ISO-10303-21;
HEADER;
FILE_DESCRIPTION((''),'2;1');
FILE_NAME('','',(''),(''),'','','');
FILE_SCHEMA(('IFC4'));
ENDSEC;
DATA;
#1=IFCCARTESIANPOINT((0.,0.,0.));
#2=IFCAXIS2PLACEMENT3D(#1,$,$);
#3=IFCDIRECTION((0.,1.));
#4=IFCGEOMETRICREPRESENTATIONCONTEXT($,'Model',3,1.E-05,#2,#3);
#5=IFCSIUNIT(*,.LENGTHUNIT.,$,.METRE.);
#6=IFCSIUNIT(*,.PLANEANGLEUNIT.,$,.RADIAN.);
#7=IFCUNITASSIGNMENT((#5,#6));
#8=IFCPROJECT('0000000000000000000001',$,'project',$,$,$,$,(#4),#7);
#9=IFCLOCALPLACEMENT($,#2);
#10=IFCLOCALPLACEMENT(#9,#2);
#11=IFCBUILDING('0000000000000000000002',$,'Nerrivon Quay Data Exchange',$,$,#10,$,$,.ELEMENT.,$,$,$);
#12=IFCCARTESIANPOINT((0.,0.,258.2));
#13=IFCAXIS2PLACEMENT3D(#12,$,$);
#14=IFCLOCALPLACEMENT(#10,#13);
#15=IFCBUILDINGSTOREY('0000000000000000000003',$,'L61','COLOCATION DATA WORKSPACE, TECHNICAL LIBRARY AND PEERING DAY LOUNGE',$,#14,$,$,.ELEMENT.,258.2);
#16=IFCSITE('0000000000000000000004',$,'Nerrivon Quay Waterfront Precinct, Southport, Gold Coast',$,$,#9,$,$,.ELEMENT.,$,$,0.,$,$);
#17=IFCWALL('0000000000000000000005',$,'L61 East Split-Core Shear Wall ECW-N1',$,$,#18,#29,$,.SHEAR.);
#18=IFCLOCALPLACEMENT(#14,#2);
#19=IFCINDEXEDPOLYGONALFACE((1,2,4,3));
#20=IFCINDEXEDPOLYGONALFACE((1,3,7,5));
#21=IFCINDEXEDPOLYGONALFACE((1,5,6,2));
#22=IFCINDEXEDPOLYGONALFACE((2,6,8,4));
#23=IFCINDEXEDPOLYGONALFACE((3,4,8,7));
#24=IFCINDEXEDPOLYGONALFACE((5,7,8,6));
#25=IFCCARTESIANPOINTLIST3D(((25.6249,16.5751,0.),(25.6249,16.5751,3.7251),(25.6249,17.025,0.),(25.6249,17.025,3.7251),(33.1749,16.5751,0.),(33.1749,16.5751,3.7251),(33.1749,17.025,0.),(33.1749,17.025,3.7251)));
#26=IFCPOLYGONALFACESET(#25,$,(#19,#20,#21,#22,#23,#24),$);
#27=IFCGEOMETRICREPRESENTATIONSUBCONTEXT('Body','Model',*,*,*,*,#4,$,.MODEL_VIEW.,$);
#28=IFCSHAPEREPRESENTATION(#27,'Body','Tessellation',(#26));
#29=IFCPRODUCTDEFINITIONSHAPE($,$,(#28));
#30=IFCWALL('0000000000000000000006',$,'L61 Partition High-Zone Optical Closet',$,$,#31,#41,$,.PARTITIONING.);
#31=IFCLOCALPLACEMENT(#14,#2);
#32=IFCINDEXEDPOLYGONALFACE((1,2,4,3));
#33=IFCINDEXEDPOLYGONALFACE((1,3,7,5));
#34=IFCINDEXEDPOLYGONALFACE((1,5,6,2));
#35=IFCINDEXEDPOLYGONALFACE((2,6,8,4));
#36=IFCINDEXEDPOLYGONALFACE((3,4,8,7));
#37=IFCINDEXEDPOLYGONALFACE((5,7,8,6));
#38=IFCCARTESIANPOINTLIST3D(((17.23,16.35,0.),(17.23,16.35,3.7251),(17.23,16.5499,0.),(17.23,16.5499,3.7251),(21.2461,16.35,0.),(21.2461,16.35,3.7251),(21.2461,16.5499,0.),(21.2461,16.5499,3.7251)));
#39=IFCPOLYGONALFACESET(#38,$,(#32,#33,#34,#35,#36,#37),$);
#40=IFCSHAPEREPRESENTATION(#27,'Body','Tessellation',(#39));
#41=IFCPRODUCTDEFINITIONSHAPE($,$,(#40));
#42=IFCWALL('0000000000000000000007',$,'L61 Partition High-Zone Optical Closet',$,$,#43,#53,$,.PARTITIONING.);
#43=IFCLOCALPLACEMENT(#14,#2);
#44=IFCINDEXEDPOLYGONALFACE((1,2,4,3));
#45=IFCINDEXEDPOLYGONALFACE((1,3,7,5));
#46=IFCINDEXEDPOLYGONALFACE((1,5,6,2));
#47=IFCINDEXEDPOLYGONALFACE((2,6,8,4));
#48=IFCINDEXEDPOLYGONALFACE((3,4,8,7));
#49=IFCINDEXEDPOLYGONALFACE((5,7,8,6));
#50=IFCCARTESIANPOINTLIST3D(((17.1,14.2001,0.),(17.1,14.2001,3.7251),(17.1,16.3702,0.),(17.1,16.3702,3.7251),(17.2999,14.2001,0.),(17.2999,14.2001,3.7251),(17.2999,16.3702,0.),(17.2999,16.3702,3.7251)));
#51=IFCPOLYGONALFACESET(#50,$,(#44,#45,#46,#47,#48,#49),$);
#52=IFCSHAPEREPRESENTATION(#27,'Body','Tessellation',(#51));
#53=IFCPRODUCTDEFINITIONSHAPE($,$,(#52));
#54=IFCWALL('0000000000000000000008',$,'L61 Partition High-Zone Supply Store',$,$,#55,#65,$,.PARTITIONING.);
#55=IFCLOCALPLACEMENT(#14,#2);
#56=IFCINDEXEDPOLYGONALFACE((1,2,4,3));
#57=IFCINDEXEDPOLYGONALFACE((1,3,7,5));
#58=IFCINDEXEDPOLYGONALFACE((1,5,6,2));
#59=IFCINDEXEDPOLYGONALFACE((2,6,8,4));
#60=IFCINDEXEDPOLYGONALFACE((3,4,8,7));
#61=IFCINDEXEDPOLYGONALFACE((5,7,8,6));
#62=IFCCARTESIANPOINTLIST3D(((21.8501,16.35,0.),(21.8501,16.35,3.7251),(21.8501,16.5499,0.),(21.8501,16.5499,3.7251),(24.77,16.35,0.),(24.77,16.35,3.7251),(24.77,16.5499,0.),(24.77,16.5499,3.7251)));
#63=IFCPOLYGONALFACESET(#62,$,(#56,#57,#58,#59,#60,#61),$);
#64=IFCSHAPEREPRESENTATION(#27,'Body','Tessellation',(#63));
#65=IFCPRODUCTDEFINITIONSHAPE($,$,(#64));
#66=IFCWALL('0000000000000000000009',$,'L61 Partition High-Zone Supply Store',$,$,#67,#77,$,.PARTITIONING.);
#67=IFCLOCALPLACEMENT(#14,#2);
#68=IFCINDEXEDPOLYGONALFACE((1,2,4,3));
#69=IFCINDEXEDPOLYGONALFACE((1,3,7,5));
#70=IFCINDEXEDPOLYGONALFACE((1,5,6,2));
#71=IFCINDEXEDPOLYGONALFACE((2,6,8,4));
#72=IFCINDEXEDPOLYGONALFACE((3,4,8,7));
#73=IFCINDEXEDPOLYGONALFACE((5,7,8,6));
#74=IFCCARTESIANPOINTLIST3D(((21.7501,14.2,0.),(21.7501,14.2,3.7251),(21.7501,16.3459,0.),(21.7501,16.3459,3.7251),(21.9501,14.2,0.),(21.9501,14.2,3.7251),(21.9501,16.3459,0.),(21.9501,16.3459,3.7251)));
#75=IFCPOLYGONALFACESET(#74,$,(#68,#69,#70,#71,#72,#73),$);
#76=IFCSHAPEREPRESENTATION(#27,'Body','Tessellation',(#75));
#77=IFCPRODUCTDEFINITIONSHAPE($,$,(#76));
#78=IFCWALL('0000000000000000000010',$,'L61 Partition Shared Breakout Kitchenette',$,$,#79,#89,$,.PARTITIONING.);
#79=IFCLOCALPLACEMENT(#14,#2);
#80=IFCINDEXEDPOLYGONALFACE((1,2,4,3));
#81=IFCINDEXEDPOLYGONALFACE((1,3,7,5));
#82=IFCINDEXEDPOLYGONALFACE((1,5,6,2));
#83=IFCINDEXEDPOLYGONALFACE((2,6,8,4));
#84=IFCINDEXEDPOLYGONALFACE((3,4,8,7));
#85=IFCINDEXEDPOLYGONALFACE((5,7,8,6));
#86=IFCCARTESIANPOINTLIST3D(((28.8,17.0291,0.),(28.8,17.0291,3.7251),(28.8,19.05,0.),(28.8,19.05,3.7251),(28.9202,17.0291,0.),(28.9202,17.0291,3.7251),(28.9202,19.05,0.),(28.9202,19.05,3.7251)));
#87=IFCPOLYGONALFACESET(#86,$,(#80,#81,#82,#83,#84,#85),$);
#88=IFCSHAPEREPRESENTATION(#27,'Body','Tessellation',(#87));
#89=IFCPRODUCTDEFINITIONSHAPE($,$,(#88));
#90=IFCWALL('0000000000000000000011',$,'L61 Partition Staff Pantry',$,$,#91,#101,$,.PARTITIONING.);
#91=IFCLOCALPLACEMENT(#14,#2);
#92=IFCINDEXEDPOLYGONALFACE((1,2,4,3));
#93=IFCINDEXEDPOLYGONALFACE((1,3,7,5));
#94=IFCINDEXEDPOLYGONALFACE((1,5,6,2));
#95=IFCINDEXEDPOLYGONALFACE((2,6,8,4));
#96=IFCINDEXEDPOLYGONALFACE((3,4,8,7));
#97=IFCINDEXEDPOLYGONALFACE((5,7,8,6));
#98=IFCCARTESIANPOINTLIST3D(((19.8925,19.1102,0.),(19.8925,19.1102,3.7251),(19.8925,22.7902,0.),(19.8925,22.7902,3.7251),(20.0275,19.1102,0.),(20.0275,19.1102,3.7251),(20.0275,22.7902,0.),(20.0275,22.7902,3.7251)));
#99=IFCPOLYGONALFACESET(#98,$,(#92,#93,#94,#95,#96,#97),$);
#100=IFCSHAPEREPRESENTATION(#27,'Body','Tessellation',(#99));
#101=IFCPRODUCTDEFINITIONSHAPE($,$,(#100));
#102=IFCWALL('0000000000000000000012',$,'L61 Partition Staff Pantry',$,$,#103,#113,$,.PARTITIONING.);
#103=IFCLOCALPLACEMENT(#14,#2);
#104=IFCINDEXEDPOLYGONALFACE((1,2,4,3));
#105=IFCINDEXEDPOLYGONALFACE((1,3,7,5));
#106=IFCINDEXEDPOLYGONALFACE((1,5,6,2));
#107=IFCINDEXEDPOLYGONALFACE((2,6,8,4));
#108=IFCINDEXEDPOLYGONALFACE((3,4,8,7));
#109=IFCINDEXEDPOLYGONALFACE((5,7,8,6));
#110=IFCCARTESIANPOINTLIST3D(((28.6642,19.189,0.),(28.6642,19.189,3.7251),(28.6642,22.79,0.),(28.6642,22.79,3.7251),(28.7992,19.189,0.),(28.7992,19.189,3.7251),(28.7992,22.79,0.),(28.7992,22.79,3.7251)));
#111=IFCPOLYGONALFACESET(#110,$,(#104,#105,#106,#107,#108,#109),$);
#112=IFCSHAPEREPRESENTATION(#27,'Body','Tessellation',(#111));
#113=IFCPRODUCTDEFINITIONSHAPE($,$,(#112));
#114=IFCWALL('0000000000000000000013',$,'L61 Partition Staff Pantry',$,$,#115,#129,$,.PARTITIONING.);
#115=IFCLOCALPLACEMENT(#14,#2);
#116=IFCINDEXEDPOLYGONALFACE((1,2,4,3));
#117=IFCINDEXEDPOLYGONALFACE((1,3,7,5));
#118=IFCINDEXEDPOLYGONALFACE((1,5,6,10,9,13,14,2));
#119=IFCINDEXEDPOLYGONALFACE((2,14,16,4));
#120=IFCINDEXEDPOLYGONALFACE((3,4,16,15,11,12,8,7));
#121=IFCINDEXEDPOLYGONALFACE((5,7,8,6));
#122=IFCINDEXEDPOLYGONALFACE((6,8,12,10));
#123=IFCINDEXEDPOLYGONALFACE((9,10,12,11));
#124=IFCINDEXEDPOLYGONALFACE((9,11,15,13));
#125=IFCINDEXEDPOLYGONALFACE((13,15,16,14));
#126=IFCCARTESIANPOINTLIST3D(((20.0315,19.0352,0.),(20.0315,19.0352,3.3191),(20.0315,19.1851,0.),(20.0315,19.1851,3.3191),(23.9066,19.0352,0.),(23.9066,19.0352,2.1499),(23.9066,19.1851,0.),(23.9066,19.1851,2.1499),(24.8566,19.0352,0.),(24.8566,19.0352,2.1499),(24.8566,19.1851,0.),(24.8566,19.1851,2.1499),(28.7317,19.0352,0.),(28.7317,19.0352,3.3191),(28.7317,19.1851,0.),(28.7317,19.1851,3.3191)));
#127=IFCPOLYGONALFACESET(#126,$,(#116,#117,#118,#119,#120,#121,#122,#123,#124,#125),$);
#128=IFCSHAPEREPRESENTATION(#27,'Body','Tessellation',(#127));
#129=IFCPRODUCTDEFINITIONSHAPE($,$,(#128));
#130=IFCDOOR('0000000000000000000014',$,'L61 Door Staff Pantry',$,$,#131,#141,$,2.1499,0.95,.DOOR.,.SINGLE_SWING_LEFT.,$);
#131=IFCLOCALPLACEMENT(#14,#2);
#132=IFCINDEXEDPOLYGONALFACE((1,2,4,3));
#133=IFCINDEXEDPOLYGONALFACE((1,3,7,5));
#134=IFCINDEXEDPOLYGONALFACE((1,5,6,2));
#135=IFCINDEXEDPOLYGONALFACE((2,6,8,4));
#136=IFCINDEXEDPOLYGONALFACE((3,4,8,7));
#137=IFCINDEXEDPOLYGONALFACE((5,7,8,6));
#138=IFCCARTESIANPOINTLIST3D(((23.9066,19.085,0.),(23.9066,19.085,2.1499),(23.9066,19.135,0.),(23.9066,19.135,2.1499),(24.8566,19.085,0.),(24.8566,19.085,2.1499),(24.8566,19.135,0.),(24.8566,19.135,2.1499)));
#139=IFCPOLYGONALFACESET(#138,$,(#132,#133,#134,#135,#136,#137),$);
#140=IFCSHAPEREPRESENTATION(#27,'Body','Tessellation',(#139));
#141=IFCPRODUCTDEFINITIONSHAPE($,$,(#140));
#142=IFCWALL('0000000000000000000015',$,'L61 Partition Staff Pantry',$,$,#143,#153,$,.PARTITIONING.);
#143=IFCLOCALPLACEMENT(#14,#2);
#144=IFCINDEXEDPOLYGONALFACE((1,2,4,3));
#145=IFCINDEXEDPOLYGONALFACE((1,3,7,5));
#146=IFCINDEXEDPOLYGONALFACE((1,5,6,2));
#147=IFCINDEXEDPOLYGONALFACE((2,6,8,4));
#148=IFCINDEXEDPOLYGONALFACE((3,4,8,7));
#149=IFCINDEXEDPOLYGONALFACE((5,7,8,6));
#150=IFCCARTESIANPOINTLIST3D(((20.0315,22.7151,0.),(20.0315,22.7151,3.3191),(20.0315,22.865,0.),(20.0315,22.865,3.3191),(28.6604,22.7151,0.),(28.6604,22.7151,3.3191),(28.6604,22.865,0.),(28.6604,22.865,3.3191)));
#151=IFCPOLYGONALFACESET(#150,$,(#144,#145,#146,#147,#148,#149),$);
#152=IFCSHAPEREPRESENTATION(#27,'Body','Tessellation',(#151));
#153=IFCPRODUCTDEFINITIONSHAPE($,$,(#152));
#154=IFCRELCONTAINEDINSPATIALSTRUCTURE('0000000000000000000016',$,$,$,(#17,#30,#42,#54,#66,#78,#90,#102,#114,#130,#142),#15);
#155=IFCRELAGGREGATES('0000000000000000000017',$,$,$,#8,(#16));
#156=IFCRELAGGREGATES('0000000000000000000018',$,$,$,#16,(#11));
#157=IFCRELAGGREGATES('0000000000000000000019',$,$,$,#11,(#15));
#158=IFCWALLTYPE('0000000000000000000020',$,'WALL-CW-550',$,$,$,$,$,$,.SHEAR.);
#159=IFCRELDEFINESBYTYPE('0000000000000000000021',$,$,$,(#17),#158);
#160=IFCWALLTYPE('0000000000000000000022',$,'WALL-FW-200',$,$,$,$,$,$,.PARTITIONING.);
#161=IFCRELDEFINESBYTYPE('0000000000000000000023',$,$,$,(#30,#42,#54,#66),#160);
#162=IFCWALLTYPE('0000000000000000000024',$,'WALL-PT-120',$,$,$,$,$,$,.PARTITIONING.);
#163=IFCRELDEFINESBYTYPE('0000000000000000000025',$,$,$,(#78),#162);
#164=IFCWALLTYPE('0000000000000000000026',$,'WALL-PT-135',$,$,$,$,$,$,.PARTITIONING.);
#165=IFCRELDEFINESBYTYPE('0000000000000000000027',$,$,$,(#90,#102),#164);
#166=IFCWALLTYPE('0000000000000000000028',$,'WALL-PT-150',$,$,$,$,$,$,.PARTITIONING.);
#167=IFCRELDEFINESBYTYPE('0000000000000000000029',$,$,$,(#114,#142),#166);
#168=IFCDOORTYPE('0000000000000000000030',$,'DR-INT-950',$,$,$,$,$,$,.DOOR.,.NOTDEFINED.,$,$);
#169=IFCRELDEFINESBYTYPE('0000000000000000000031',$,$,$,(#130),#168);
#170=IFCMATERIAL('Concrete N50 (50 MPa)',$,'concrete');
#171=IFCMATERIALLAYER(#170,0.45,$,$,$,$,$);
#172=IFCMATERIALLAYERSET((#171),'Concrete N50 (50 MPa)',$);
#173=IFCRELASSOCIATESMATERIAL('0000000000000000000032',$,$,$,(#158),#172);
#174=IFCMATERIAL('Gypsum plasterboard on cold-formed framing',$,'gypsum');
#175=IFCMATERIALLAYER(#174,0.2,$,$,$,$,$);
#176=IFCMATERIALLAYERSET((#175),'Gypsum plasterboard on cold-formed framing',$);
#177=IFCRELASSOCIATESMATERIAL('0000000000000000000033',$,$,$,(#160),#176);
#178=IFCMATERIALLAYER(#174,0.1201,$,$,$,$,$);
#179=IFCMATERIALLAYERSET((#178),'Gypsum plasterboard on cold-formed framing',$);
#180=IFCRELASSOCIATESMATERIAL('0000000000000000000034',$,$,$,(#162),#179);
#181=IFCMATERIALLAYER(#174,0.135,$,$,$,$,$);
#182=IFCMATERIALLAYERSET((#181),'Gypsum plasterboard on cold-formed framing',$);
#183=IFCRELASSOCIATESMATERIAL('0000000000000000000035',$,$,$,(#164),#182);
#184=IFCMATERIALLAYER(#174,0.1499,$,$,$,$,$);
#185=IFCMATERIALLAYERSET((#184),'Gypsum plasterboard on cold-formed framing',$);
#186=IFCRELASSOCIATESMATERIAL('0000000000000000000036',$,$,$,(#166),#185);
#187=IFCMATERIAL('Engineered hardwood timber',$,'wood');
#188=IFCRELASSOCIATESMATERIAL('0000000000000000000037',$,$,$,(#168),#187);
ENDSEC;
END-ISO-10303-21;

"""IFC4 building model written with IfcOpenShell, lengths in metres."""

from ifc_helpers import new_model, si_unit, direction, frame, frame_2d, origin, place, context, subcontext, project, spatial, rectangle, extrude, material, layer, layer_set, type_object, element, fill, save


model = new_model("IFC4")

# Units and contexts
model_context = context("Model", 3, precision=1e-05, world=origin(), true_north=direction((0.0, 1.0)))
body_context = subcontext(model_context, "Body", "Model", "MODEL_VIEW")
ifc_project = project(units=[si_unit("LENGTHUNIT", "METRE"), si_unit("PLANEANGLEUNIT", "RADIAN")], contexts=[model_context])

# Site, building, storey
site_placement = place(None, origin())
site = spatial("IfcSite", under=ifc_project, at=site_placement, Name="Nerrivon Quay Waterfront Precinct, Southport, Gold Coast", CompositionType="ELEMENT", RefElevation=0.0)
building_placement = place(site_placement, origin())
building = spatial("IfcBuilding", under=site, at=building_placement, Name="Nerrivon Quay Data Exchange", CompositionType="ELEMENT")
storey_placement = place(building_placement, frame((0.0, 0.0, 258.2)))
storey = spatial("IfcBuildingStorey", under=building, at=storey_placement, Name="L61", Description="COLOCATION DATA WORKSPACE, TECHNICAL LIBRARY AND PEERING DAY LOUNGE", CompositionType="ELEMENT", Elevation=258.2)

# Shared definitions
ifc_material_1 = material(Name="Concrete N50 (50 MPa)", Category="concrete")

# Walls
ifc_layer_1 = layer(ifc_material_1, 0.45)
ifc_layer_set_1 = layer_set([ifc_layer_1], Name="Concrete N50 (50 MPa)")
wall_type_1 = type_object("IfcWallType", Name="WALL-CW-550", PredefinedType="SHEAR", material=ifc_layer_set_1)
wall_1_placement = place(storey_placement, frame((25.625, 16.8, 0.0), z_axis=(0.0, 0.0, 1.0), x_axis=(1.0, 0.0, 0.0)))
element("IfcWall", 1, at=wall_1_placement, inside=storey, type_object=wall_type_1, Name="L61 East Split-Core Shear Wall ECW-N1", PredefinedType="SHEAR", context=body_context, shape_type="SweptSolid", body=[
    extrude(rectangle(XDim=7.55, YDim=0.45, at=frame_2d((3.7749, 0.0))), origin(), (0.0, 0.0, 1.0), 3.7251),
])
ifc_material_2 = material(Name="Gypsum plasterboard on cold-formed framing", Category="gypsum")
ifc_layer_2 = layer(ifc_material_2, 0.2)
ifc_layer_set_2 = layer_set([ifc_layer_2], Name="Gypsum plasterboard on cold-formed framing")
wall_type_2 = type_object("IfcWallType", Name="WALL-FW-200", PredefinedType="PARTITIONING", material=ifc_layer_set_2)
wall_2_placement = place(storey_placement, frame((21.2461, 16.45, 0.0), z_axis=(0.0, 0.0, 1.0), x_axis=(-1.0, 0.0, 0.0)))
element("IfcWall", 2, at=wall_2_placement, inside=storey, type_object=wall_type_2, Name="L61 Partition High-Zone Optical Closet", PredefinedType="PARTITIONING", context=body_context, shape_type="SweptSolid", body=[
    extrude(rectangle(XDim=4.0161, YDim=0.2, at=frame_2d((2.0081, 0.0))), origin(), (0.0, 0.0, 1.0), 3.7251),
])
wall_3_placement = place(storey_placement, frame((17.2, 16.3701, 0.0), z_axis=(0.0, 0.0, 1.0), x_axis=(0.0, -1.0, 0.0)))
element("IfcWall", 3, at=wall_3_placement, inside=storey, type_object=wall_type_2, Name="L61 Partition High-Zone Optical Closet", PredefinedType="PARTITIONING", context=body_context, shape_type="SweptSolid", body=[
    extrude(rectangle(XDim=2.1702, YDim=0.2, at=frame_2d((1.085, 0.0))), origin(), (0.0, 0.0, 1.0), 3.7251),
])
wall_4_placement = place(storey_placement, frame((24.77, 16.45, 0.0), z_axis=(0.0, 0.0, 1.0), x_axis=(-1.0, 0.0, 0.0)))
element("IfcWall", 4, at=wall_4_placement, inside=storey, type_object=wall_type_2, Name="L61 Partition High-Zone Supply Store", PredefinedType="PARTITIONING", context=body_context, shape_type="SweptSolid", body=[
    extrude(rectangle(XDim=2.9199, YDim=0.2, at=frame_2d((1.46, 0.0))), origin(), (0.0, 0.0, 1.0), 3.7251),
])
wall_5_placement = place(storey_placement, frame((21.8501, 16.3459, 0.0), z_axis=(0.0, 0.0, 1.0), x_axis=(0.0, -1.0, 0.0)))
element("IfcWall", 5, at=wall_5_placement, inside=storey, type_object=wall_type_2, Name="L61 Partition High-Zone Supply Store", PredefinedType="PARTITIONING", context=body_context, shape_type="SweptSolid", body=[
    extrude(rectangle(XDim=2.146, YDim=0.2, at=frame_2d((1.073, 0.0))), origin(), (0.0, 0.0, 1.0), 3.7251),
])
ifc_layer_3 = layer(ifc_material_2, 0.1201)
ifc_layer_set_3 = layer_set([ifc_layer_3], Name="Gypsum plasterboard on cold-formed framing")
wall_type_3 = type_object("IfcWallType", Name="WALL-PT-120", PredefinedType="PARTITIONING", material=ifc_layer_set_3)
wall_6_placement = place(storey_placement, frame((28.8601, 19.05, 0.0), z_axis=(0.0, 0.0, 1.0), x_axis=(0.0, -1.0, 0.0)))
element("IfcWall", 6, at=wall_6_placement, inside=storey, type_object=wall_type_3, Name="L61 Partition Shared Breakout Kitchenette", PredefinedType="PARTITIONING", context=body_context, shape_type="SweptSolid", body=[
    extrude(rectangle(XDim=2.021, YDim=0.1201, at=frame_2d((1.0105, 0.0))), origin(), (0.0, 0.0, 1.0), 3.7251),
])
ifc_layer_4 = layer(ifc_material_2, 0.135)
ifc_layer_set_4 = layer_set([ifc_layer_4], Name="Gypsum plasterboard on cold-formed framing")
wall_type_4 = type_object("IfcWallType", Name="WALL-PT-135", PredefinedType="PARTITIONING", material=ifc_layer_set_4)
wall_7_placement = place(storey_placement, frame((19.96, 22.79, 0.0), z_axis=(0.0, 0.0, 1.0), x_axis=(0.0, -1.0, 0.0)))
element("IfcWall", 7, at=wall_7_placement, inside=storey, type_object=wall_type_4, Name="L61 Partition Staff Pantry", PredefinedType="PARTITIONING", context=body_context, shape_type="SweptSolid", body=[
    extrude(rectangle(XDim=3.6799, YDim=0.135, at=frame_2d((1.8398, 0.0))), origin(), (0.0, 0.0, 1.0), 3.7251),
])
wall_8_placement = place(storey_placement, frame((28.7317, 19.189, 0.0), z_axis=(0.0, 0.0, 1.0), x_axis=(0.0, 1.0, 0.0)))
element("IfcWall", 8, at=wall_8_placement, inside=storey, type_object=wall_type_4, Name="L61 Partition Staff Pantry", PredefinedType="PARTITIONING", context=body_context, shape_type="SweptSolid", body=[
    extrude(rectangle(XDim=3.6011, YDim=0.135, at=frame_2d((1.8005, 0.0))), origin(), (0.0, 0.0, 1.0), 3.7251),
])

# Wall, opening, door
ifc_layer_5 = layer(ifc_material_2, 0.1499)
ifc_layer_set_5 = layer_set([ifc_layer_5], Name="Gypsum plasterboard on cold-formed framing")
wall_type_5 = type_object("IfcWallType", Name="WALL-PT-150", PredefinedType="PARTITIONING", material=ifc_layer_set_5)
wall_9_placement = place(storey_placement, frame((20.0315, 19.1101, 0.0), z_axis=(0.0, 0.0, 1.0), x_axis=(1.0, 0.0, 0.0)))
wall_9 = element("IfcWall", 9, at=wall_9_placement, inside=storey, type_object=wall_type_5, Name="L61 Partition Staff Pantry", PredefinedType="PARTITIONING", context=body_context, shape_type="SweptSolid", body=[
    extrude(rectangle(XDim=8.7002, YDim=0.1499, at=frame_2d((4.3501, 0.0))), origin(), (0.0, 0.0, 1.0), 3.3191),
])
opening_placement = place(wall_9_placement, frame((3.875, 0.0, 0.0)))
opening = element("IfcOpeningElement", 10, at=opening_placement, cuts=wall_9, PredefinedType="OPENING", context=body_context, shape_type="SweptSolid", body=[
    extrude(rectangle(XDim=0.95, YDim=2.1499, at=frame_2d((0.4751, 1.075))), frame((0.0, 0.085, 0.0), z_axis=(0.0, -1.0, 0.0), x_axis=(1.0, 0.0, 0.0)), (0.0, 0.0, 1.0), 0.1699),
])
ifc_material_3 = material(Name="Engineered hardwood timber", Category="wood")
door_type = type_object("IfcDoorType", Name="DR-INT-950", OperationType="NOTDEFINED", PredefinedType="DOOR", material=ifc_material_3)
door_placement = place(opening_placement, origin())
door = element("IfcDoor", 11, at=door_placement, inside=storey, type_object=door_type, Name="L61 Door Staff Pantry", OperationType="SINGLE_SWING_LEFT", OverallHeight=2.1499, OverallWidth=0.95, PredefinedType="DOOR", context=body_context, shape_type="SweptSolid", body=[
    extrude(rectangle(XDim=0.95, YDim=2.1499, at=frame_2d((0.4751, 1.075))), frame((0.0, 0.0249, 0.0), z_axis=(0.0, -1.0, 0.0), x_axis=(1.0, 0.0, 0.0)), (0.0, 0.0, 1.0), 0.05),
])
fill(opening, door)

# Wall
wall_10_placement = place(storey_placement, frame((28.6604, 22.79, 0.0), z_axis=(0.0, 0.0, 1.0), x_axis=(-1.0, 0.0, 0.0)))
element("IfcWall", 12, at=wall_10_placement, inside=storey, type_object=wall_type_5, Name="L61 Partition Staff Pantry", PredefinedType="PARTITIONING", context=body_context, shape_type="SweptSolid", body=[
    extrude(rectangle(XDim=8.6289, YDim=0.1499, at=frame_2d((4.3145, 0.0))), origin(), (0.0, 0.0, 1.0), 3.3191),
])

save(model, "model.ifc")
